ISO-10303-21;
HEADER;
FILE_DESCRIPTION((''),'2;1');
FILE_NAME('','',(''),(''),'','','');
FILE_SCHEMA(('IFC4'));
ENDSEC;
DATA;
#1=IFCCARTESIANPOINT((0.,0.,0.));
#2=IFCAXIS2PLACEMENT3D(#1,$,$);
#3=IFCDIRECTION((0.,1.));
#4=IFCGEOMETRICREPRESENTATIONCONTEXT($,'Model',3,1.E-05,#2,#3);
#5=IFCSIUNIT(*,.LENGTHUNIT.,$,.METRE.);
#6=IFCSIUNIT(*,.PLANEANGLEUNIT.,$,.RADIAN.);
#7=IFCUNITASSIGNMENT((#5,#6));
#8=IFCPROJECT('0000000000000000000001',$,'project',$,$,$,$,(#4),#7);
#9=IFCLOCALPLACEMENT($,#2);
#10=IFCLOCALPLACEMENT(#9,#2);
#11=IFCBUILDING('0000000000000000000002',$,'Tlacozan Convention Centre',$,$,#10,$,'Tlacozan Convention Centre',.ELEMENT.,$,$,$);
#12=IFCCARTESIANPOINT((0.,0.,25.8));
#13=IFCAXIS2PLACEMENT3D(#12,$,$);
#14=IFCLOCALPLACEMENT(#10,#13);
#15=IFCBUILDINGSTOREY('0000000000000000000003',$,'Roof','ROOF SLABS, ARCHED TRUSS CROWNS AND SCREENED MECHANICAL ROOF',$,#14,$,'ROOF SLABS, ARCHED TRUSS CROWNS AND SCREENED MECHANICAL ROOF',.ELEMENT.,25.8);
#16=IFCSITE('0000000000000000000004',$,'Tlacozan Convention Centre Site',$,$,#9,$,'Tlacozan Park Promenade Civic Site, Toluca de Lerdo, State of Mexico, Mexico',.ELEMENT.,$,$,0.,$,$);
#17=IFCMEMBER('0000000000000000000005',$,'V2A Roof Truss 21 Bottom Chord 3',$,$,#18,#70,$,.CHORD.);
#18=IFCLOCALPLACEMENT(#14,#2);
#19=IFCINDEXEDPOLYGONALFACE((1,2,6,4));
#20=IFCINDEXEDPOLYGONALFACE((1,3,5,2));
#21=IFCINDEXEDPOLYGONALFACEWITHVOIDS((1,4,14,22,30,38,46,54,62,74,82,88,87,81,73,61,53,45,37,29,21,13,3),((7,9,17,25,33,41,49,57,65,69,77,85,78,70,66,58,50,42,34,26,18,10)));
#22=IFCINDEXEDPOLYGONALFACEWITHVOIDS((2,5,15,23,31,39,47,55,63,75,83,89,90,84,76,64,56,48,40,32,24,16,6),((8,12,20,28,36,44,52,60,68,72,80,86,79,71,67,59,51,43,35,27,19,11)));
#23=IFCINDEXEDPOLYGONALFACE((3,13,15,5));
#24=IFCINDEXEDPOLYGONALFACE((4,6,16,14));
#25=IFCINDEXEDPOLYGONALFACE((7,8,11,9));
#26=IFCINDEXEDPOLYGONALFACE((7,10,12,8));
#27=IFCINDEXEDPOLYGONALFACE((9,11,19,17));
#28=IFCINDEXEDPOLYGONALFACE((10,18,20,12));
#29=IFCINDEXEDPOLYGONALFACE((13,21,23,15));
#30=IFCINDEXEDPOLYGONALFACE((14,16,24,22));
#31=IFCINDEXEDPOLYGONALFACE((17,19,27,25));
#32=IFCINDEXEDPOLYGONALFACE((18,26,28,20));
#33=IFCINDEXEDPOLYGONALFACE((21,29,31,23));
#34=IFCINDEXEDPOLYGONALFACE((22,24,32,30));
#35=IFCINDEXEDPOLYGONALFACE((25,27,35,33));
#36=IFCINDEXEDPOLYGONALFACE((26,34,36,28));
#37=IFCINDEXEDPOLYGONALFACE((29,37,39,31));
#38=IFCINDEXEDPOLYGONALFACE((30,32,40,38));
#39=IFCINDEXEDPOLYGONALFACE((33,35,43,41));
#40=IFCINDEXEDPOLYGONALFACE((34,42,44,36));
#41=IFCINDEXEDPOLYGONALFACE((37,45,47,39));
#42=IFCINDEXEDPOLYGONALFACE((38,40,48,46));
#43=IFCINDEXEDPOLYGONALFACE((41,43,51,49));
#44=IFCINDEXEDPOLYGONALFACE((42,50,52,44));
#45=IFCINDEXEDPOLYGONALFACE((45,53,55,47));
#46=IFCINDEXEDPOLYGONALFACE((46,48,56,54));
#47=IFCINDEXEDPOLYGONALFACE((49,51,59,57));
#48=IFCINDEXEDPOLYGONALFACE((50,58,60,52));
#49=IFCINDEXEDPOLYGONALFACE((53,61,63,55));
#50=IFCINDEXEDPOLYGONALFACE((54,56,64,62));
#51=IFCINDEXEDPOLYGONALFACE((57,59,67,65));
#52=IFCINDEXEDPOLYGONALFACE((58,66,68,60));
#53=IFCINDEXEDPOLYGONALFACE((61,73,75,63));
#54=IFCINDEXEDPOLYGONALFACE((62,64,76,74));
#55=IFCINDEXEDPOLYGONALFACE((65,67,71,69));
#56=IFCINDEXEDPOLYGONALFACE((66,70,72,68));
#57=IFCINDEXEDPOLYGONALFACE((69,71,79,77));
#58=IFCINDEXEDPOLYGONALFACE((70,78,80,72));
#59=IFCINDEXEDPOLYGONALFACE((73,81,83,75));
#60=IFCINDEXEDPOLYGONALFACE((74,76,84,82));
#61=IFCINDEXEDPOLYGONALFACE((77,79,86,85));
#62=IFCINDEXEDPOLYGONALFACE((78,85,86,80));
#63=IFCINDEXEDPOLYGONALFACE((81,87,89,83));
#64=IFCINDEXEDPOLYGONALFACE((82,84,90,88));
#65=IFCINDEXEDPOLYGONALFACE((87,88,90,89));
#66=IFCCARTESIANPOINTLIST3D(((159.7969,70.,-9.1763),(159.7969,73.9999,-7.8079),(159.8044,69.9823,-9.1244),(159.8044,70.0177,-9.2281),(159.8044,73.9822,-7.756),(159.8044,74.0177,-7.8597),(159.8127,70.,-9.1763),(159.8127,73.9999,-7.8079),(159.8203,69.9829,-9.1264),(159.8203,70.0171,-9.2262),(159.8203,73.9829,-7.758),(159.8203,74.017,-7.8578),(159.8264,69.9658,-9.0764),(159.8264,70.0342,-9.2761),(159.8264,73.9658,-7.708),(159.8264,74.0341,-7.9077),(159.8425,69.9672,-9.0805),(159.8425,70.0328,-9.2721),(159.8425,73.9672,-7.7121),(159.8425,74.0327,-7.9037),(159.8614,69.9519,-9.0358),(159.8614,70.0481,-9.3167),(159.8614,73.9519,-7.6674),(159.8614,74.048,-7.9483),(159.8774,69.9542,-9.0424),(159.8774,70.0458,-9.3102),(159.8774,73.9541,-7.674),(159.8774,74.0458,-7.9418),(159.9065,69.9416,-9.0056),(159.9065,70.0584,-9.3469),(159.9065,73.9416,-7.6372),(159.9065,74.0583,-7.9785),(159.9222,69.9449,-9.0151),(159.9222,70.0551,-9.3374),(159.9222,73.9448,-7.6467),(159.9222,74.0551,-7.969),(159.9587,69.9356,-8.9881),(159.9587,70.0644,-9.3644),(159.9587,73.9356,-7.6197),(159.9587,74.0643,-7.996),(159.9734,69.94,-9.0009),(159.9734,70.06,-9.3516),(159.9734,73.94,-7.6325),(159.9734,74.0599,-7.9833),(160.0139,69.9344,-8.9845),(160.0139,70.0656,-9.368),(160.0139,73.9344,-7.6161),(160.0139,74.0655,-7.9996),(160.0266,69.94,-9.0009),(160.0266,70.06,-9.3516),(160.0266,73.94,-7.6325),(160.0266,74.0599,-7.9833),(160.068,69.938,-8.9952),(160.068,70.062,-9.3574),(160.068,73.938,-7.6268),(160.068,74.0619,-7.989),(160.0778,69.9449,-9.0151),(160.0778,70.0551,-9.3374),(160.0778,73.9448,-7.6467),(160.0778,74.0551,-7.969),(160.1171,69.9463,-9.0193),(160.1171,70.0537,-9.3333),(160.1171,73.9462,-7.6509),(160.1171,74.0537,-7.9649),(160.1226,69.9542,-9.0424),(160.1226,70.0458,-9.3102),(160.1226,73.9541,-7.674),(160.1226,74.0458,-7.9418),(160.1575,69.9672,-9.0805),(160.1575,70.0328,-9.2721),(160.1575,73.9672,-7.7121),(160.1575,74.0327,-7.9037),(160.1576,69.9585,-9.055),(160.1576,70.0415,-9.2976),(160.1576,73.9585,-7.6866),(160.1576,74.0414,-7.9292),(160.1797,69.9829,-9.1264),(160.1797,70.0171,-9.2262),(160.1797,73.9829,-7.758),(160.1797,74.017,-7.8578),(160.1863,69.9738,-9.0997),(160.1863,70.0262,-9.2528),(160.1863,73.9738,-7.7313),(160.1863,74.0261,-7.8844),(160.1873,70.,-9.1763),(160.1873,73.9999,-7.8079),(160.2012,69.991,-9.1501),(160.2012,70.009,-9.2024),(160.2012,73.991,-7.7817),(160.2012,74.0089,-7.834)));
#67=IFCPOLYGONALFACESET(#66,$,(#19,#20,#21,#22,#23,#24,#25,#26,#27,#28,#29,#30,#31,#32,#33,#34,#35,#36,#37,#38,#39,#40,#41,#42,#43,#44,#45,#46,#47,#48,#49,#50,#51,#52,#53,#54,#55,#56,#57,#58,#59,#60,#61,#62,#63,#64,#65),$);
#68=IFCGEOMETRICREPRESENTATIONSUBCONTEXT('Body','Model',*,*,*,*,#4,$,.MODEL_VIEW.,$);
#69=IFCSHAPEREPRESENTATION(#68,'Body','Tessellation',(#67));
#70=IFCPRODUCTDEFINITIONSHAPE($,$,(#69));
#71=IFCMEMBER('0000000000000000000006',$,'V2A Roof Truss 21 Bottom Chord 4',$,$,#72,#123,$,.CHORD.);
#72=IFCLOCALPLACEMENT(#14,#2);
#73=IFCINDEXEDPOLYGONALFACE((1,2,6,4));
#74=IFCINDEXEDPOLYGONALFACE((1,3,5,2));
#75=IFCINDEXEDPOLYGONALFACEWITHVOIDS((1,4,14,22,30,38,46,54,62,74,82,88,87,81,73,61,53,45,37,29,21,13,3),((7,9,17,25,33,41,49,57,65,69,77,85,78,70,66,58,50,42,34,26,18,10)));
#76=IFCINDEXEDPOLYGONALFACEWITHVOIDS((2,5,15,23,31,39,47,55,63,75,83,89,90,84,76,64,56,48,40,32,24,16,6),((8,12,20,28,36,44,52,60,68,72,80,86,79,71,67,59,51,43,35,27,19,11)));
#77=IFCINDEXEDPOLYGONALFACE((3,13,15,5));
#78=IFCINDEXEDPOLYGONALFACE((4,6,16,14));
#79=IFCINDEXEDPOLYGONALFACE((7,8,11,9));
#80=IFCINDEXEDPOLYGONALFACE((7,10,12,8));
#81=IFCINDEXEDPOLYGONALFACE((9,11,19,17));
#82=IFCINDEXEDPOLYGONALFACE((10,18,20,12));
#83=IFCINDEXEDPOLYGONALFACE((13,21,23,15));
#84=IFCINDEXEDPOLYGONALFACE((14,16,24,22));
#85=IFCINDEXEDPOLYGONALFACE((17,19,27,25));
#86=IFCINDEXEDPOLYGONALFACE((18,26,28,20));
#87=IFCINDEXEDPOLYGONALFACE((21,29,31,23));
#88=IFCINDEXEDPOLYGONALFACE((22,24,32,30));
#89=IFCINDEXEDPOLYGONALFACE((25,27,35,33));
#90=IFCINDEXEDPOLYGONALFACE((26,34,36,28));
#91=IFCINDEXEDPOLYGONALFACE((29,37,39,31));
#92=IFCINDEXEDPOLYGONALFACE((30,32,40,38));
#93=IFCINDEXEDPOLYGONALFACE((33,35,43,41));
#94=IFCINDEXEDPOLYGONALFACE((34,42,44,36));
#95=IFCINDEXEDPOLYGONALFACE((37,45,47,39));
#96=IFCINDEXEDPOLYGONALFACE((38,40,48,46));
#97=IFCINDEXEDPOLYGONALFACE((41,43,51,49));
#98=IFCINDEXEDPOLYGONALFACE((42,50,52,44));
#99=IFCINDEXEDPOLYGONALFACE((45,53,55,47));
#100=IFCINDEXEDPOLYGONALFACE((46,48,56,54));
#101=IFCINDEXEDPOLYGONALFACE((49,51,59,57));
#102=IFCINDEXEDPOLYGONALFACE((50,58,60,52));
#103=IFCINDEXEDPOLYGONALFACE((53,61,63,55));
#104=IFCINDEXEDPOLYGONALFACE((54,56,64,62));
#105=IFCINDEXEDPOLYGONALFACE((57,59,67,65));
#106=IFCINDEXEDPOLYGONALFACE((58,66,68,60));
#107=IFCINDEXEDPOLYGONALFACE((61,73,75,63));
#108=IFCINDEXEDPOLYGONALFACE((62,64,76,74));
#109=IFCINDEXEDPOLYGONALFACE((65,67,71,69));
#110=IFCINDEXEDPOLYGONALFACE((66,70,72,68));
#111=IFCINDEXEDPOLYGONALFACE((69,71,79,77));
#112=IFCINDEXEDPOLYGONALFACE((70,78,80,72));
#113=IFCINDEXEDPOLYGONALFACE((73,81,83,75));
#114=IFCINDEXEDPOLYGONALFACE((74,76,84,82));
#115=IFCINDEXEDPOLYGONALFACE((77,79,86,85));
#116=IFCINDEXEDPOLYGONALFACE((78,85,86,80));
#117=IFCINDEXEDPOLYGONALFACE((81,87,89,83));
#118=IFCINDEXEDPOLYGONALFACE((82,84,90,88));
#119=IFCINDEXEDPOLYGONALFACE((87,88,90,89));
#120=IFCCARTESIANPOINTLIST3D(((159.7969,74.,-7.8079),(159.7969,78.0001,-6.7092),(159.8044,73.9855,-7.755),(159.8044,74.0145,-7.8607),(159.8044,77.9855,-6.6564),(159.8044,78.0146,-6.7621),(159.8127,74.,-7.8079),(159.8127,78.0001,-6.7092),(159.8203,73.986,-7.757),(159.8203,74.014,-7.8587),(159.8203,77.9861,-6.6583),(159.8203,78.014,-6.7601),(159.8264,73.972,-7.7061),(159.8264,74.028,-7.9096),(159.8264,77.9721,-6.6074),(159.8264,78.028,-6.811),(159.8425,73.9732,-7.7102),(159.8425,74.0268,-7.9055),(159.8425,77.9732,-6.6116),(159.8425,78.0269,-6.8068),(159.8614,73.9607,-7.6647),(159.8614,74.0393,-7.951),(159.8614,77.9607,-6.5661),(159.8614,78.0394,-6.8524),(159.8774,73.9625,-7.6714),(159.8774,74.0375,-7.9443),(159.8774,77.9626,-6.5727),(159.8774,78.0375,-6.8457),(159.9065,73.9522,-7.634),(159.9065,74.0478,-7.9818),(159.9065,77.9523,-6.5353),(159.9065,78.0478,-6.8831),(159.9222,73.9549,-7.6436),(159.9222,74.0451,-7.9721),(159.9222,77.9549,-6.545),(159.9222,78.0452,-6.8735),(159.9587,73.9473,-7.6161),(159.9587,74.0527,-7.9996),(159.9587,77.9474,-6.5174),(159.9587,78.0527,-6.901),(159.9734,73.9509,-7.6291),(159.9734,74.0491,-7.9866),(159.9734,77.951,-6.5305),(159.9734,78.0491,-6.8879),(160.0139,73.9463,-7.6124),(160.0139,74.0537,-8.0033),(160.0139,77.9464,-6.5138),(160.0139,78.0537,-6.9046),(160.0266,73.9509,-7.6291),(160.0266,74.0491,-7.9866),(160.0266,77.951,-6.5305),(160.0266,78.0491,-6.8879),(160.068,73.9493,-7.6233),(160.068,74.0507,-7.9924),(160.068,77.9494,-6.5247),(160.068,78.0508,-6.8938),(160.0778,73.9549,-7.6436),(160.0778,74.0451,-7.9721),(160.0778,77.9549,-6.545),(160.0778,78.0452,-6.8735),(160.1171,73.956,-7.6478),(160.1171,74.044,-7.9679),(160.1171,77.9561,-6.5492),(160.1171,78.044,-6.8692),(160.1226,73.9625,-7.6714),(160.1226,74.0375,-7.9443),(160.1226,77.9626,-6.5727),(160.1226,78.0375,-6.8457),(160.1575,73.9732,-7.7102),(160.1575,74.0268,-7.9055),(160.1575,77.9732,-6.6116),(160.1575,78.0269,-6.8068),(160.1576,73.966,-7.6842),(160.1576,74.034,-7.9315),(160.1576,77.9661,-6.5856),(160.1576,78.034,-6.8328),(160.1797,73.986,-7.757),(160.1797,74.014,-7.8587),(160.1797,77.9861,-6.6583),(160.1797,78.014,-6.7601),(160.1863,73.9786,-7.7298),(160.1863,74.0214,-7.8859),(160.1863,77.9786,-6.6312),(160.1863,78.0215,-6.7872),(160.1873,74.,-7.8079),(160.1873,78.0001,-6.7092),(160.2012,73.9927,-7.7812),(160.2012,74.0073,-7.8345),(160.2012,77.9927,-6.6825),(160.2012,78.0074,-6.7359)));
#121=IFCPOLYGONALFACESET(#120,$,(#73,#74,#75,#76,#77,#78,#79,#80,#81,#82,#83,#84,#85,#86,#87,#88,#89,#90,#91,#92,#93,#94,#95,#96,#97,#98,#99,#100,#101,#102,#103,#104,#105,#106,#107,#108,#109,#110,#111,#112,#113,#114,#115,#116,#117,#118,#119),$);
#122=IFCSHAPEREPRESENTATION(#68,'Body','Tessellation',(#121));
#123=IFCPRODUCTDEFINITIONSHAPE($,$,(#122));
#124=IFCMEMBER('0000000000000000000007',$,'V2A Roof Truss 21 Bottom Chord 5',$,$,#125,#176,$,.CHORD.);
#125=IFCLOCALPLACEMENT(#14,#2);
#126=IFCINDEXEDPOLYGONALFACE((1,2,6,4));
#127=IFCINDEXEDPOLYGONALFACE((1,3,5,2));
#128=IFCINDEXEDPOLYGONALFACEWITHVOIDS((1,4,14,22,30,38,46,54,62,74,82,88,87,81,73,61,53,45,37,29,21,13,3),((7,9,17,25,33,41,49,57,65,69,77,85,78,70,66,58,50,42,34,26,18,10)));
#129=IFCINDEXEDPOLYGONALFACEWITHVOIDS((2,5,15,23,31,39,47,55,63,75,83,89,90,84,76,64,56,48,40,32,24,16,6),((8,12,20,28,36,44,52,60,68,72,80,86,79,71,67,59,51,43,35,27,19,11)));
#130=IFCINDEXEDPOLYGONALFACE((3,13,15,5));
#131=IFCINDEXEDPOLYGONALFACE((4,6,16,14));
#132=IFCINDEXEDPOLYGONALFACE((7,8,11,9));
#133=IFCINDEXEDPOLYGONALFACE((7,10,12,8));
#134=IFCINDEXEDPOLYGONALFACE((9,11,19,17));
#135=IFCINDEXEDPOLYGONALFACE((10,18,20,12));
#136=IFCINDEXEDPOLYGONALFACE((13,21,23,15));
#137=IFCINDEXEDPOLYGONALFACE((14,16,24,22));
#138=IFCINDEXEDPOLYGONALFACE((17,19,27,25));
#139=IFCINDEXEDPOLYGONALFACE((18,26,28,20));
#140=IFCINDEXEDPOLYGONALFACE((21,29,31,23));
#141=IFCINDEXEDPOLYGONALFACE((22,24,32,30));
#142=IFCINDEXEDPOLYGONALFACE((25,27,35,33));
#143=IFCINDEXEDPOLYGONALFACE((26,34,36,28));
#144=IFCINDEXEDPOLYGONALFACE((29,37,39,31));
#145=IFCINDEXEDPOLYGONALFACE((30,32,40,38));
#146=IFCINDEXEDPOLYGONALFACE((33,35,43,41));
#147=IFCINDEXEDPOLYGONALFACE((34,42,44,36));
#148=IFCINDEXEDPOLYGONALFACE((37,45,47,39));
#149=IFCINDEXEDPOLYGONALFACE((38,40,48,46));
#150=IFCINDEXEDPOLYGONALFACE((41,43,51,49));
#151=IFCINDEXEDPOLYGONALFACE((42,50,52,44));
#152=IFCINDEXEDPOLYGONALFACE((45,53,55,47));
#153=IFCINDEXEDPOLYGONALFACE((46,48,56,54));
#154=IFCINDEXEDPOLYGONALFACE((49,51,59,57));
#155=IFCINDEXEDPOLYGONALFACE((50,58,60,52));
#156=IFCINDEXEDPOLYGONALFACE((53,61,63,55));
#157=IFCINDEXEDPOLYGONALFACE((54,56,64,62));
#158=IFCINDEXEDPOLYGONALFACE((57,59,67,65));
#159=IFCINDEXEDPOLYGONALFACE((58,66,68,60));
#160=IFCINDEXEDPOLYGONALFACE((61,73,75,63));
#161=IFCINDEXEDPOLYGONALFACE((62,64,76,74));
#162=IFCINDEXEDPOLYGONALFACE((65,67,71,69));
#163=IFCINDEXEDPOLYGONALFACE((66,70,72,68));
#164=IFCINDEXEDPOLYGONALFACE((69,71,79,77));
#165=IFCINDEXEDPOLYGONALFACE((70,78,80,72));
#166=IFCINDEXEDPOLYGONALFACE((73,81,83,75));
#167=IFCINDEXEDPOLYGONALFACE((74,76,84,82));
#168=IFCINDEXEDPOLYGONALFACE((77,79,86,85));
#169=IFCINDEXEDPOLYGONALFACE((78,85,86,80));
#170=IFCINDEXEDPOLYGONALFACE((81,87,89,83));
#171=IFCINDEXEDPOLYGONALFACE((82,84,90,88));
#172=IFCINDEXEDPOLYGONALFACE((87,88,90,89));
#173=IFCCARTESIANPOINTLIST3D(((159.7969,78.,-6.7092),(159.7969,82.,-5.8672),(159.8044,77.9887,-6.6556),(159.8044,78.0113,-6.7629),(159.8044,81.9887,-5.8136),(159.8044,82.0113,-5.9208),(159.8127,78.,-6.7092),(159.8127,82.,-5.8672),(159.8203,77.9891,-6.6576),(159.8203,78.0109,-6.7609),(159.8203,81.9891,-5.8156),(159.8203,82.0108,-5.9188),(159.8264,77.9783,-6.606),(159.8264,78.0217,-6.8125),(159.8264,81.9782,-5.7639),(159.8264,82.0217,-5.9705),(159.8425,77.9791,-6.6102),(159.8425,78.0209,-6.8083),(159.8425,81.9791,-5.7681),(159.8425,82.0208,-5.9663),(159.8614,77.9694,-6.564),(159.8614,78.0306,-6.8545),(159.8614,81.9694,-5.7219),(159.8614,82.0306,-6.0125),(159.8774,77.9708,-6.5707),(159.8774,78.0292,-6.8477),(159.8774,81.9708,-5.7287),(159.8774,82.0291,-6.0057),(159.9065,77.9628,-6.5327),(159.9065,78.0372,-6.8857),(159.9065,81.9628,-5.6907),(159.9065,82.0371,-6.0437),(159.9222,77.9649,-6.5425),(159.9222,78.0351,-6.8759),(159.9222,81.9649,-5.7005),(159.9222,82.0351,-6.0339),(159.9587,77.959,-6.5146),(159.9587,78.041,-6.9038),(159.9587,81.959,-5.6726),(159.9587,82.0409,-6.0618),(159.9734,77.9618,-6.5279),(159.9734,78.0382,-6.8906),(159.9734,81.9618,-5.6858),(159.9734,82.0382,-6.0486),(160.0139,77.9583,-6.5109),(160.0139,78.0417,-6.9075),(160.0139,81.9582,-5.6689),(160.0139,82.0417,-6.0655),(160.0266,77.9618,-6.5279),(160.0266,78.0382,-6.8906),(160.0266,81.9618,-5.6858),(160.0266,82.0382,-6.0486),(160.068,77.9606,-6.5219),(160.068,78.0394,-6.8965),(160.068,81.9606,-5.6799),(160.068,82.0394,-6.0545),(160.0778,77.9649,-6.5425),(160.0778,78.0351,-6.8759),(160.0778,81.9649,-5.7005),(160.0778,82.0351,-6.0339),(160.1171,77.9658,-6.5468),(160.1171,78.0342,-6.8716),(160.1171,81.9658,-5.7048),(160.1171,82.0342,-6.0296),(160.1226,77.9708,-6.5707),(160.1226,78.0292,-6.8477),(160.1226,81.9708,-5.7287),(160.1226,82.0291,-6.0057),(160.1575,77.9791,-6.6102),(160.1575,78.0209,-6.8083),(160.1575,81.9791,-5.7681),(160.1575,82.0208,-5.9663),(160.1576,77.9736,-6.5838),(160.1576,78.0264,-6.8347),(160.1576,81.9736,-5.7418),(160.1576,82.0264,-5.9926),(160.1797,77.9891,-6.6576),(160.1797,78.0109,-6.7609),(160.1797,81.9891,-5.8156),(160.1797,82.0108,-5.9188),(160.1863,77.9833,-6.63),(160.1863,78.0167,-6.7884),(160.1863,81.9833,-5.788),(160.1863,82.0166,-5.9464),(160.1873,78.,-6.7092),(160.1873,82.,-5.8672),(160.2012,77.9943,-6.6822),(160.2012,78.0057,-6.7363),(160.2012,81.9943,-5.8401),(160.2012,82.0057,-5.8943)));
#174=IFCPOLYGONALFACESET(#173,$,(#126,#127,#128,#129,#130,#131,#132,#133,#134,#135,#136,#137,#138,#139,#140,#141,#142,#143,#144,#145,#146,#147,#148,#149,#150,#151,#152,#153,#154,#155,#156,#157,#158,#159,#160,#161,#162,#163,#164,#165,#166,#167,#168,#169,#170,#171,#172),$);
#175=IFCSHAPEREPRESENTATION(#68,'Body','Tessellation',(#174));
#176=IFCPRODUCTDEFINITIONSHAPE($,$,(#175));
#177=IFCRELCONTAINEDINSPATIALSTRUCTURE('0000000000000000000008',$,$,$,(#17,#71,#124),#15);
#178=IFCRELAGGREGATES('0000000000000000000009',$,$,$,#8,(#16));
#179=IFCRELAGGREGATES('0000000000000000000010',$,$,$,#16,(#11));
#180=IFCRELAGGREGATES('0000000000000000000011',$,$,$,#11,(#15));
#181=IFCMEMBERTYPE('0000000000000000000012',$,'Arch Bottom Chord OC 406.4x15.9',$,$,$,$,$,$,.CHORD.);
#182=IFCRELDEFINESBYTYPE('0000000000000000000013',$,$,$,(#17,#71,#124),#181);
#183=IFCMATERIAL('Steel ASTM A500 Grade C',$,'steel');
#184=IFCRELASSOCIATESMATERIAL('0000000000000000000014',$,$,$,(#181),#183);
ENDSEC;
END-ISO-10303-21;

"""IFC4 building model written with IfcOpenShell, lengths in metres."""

from ifc_helpers import new_model, si_unit, direction, frame, origin, origin_2d, place, context, subcontext, project, spatial, hollow_circle, extrude, material, material_profile, profile_set, type_object, element, save


model = new_model("IFC4")

# Units and contexts
model_context = context("Model", 3, precision=1e-05, world=origin(), true_north=direction((0.0, 1.0)))
body_context = subcontext(model_context, "Body", "Model", "MODEL_VIEW")
ifc_project = project(units=[si_unit("LENGTHUNIT", "METRE"), si_unit("PLANEANGLEUNIT", "RADIAN")], contexts=[model_context])

# Site, building, storey
site_placement = place(None, origin())
site = spatial("IfcSite", under=ifc_project, at=site_placement, Name="Tlacozan Convention Centre Site", LongName="Tlacozan Park Promenade Civic Site, Toluca de Lerdo, State of Mexico, Mexico", CompositionType="ELEMENT", RefElevation=0.0)
building_placement = place(site_placement, origin())
building = spatial("IfcBuilding", under=site, at=building_placement, Name="Tlacozan Convention Centre", LongName="Tlacozan Convention Centre", CompositionType="ELEMENT")
storey_placement = place(building_placement, frame((0.0, 0.0, 25.8)))
storey = spatial("IfcBuildingStorey", under=building, at=storey_placement, Name="Roof", Description="ROOF SLABS, ARCHED TRUSS CROWNS AND SCREENED MECHANICAL ROOF", LongName="ROOF SLABS, ARCHED TRUSS CROWNS AND SCREENED MECHANICAL ROOF", CompositionType="ELEMENT", Elevation=25.8)

# Members
ifc_material_1 = material(Name="Steel ASTM A500 Grade C", Category="steel")
ifc_material_profile_1 = material_profile(ifc_material_1, hollow_circle(Radius=0.2031, WallThickness=0.0159, at=origin_2d()), Name="OC 406.4x15.9")
ifc_profile_set_1 = profile_set([ifc_material_profile_1], Name="Steel ASTM A500 Grade C")
member_type_1 = type_object("IfcMemberType", Name="Arch Bottom Chord OC 406.4x15.9", PredefinedType="CHORD", material=ifc_profile_set_1)
member_1_placement = place(storey_placement, frame((160.0, 70.0, -9.1763), z_axis=(0.0, 0.946165, 0.323685), x_axis=(-1.0, 0.0, 0.0)))
element("IfcMember", 1, at=member_1_placement, inside=storey, type_object=member_type_1, Name="V2A Roof Truss 21 Bottom Chord 3", PredefinedType="CHORD", context=body_context, shape_type="SweptSolid", body=[
    extrude(hollow_circle(Radius=0.2031, WallThickness=0.0159, at=origin_2d()), origin(), (0.0, 0.0, 1.0), 4.2275),
])
member_2_placement = place(storey_placement, frame((160.0, 74.0, -7.8079), z_axis=(0.0, 0.96429, 0.26485), x_axis=(-1.0, 0.0, 0.0)))
element("IfcMember", 2, at=member_2_placement, inside=storey, type_object=member_type_1, Name="V2A Roof Truss 21 Bottom Chord 4", PredefinedType="CHORD", context=body_context, shape_type="SweptSolid", body=[
    extrude(hollow_circle(Radius=0.2031, WallThickness=0.0159, at=origin_2d()), origin(), (0.0, 0.0, 1.0), 4.1482),
])
member_3_placement = place(storey_placement, frame((160.0, 78.0, -6.7092), z_axis=(0.0, 0.978553, 0.205995), x_axis=(-1.0, 0.0, 0.0)))
element("IfcMember", 3, at=member_3_placement, inside=storey, type_object=member_type_1, Name="V2A Roof Truss 21 Bottom Chord 5", PredefinedType="CHORD", context=body_context, shape_type="SweptSolid", body=[
    extrude(hollow_circle(Radius=0.2031, WallThickness=0.0159, at=origin_2d()), origin(), (0.0, 0.0, 1.0), 4.0876),
])

save(model, "model.ifc")
